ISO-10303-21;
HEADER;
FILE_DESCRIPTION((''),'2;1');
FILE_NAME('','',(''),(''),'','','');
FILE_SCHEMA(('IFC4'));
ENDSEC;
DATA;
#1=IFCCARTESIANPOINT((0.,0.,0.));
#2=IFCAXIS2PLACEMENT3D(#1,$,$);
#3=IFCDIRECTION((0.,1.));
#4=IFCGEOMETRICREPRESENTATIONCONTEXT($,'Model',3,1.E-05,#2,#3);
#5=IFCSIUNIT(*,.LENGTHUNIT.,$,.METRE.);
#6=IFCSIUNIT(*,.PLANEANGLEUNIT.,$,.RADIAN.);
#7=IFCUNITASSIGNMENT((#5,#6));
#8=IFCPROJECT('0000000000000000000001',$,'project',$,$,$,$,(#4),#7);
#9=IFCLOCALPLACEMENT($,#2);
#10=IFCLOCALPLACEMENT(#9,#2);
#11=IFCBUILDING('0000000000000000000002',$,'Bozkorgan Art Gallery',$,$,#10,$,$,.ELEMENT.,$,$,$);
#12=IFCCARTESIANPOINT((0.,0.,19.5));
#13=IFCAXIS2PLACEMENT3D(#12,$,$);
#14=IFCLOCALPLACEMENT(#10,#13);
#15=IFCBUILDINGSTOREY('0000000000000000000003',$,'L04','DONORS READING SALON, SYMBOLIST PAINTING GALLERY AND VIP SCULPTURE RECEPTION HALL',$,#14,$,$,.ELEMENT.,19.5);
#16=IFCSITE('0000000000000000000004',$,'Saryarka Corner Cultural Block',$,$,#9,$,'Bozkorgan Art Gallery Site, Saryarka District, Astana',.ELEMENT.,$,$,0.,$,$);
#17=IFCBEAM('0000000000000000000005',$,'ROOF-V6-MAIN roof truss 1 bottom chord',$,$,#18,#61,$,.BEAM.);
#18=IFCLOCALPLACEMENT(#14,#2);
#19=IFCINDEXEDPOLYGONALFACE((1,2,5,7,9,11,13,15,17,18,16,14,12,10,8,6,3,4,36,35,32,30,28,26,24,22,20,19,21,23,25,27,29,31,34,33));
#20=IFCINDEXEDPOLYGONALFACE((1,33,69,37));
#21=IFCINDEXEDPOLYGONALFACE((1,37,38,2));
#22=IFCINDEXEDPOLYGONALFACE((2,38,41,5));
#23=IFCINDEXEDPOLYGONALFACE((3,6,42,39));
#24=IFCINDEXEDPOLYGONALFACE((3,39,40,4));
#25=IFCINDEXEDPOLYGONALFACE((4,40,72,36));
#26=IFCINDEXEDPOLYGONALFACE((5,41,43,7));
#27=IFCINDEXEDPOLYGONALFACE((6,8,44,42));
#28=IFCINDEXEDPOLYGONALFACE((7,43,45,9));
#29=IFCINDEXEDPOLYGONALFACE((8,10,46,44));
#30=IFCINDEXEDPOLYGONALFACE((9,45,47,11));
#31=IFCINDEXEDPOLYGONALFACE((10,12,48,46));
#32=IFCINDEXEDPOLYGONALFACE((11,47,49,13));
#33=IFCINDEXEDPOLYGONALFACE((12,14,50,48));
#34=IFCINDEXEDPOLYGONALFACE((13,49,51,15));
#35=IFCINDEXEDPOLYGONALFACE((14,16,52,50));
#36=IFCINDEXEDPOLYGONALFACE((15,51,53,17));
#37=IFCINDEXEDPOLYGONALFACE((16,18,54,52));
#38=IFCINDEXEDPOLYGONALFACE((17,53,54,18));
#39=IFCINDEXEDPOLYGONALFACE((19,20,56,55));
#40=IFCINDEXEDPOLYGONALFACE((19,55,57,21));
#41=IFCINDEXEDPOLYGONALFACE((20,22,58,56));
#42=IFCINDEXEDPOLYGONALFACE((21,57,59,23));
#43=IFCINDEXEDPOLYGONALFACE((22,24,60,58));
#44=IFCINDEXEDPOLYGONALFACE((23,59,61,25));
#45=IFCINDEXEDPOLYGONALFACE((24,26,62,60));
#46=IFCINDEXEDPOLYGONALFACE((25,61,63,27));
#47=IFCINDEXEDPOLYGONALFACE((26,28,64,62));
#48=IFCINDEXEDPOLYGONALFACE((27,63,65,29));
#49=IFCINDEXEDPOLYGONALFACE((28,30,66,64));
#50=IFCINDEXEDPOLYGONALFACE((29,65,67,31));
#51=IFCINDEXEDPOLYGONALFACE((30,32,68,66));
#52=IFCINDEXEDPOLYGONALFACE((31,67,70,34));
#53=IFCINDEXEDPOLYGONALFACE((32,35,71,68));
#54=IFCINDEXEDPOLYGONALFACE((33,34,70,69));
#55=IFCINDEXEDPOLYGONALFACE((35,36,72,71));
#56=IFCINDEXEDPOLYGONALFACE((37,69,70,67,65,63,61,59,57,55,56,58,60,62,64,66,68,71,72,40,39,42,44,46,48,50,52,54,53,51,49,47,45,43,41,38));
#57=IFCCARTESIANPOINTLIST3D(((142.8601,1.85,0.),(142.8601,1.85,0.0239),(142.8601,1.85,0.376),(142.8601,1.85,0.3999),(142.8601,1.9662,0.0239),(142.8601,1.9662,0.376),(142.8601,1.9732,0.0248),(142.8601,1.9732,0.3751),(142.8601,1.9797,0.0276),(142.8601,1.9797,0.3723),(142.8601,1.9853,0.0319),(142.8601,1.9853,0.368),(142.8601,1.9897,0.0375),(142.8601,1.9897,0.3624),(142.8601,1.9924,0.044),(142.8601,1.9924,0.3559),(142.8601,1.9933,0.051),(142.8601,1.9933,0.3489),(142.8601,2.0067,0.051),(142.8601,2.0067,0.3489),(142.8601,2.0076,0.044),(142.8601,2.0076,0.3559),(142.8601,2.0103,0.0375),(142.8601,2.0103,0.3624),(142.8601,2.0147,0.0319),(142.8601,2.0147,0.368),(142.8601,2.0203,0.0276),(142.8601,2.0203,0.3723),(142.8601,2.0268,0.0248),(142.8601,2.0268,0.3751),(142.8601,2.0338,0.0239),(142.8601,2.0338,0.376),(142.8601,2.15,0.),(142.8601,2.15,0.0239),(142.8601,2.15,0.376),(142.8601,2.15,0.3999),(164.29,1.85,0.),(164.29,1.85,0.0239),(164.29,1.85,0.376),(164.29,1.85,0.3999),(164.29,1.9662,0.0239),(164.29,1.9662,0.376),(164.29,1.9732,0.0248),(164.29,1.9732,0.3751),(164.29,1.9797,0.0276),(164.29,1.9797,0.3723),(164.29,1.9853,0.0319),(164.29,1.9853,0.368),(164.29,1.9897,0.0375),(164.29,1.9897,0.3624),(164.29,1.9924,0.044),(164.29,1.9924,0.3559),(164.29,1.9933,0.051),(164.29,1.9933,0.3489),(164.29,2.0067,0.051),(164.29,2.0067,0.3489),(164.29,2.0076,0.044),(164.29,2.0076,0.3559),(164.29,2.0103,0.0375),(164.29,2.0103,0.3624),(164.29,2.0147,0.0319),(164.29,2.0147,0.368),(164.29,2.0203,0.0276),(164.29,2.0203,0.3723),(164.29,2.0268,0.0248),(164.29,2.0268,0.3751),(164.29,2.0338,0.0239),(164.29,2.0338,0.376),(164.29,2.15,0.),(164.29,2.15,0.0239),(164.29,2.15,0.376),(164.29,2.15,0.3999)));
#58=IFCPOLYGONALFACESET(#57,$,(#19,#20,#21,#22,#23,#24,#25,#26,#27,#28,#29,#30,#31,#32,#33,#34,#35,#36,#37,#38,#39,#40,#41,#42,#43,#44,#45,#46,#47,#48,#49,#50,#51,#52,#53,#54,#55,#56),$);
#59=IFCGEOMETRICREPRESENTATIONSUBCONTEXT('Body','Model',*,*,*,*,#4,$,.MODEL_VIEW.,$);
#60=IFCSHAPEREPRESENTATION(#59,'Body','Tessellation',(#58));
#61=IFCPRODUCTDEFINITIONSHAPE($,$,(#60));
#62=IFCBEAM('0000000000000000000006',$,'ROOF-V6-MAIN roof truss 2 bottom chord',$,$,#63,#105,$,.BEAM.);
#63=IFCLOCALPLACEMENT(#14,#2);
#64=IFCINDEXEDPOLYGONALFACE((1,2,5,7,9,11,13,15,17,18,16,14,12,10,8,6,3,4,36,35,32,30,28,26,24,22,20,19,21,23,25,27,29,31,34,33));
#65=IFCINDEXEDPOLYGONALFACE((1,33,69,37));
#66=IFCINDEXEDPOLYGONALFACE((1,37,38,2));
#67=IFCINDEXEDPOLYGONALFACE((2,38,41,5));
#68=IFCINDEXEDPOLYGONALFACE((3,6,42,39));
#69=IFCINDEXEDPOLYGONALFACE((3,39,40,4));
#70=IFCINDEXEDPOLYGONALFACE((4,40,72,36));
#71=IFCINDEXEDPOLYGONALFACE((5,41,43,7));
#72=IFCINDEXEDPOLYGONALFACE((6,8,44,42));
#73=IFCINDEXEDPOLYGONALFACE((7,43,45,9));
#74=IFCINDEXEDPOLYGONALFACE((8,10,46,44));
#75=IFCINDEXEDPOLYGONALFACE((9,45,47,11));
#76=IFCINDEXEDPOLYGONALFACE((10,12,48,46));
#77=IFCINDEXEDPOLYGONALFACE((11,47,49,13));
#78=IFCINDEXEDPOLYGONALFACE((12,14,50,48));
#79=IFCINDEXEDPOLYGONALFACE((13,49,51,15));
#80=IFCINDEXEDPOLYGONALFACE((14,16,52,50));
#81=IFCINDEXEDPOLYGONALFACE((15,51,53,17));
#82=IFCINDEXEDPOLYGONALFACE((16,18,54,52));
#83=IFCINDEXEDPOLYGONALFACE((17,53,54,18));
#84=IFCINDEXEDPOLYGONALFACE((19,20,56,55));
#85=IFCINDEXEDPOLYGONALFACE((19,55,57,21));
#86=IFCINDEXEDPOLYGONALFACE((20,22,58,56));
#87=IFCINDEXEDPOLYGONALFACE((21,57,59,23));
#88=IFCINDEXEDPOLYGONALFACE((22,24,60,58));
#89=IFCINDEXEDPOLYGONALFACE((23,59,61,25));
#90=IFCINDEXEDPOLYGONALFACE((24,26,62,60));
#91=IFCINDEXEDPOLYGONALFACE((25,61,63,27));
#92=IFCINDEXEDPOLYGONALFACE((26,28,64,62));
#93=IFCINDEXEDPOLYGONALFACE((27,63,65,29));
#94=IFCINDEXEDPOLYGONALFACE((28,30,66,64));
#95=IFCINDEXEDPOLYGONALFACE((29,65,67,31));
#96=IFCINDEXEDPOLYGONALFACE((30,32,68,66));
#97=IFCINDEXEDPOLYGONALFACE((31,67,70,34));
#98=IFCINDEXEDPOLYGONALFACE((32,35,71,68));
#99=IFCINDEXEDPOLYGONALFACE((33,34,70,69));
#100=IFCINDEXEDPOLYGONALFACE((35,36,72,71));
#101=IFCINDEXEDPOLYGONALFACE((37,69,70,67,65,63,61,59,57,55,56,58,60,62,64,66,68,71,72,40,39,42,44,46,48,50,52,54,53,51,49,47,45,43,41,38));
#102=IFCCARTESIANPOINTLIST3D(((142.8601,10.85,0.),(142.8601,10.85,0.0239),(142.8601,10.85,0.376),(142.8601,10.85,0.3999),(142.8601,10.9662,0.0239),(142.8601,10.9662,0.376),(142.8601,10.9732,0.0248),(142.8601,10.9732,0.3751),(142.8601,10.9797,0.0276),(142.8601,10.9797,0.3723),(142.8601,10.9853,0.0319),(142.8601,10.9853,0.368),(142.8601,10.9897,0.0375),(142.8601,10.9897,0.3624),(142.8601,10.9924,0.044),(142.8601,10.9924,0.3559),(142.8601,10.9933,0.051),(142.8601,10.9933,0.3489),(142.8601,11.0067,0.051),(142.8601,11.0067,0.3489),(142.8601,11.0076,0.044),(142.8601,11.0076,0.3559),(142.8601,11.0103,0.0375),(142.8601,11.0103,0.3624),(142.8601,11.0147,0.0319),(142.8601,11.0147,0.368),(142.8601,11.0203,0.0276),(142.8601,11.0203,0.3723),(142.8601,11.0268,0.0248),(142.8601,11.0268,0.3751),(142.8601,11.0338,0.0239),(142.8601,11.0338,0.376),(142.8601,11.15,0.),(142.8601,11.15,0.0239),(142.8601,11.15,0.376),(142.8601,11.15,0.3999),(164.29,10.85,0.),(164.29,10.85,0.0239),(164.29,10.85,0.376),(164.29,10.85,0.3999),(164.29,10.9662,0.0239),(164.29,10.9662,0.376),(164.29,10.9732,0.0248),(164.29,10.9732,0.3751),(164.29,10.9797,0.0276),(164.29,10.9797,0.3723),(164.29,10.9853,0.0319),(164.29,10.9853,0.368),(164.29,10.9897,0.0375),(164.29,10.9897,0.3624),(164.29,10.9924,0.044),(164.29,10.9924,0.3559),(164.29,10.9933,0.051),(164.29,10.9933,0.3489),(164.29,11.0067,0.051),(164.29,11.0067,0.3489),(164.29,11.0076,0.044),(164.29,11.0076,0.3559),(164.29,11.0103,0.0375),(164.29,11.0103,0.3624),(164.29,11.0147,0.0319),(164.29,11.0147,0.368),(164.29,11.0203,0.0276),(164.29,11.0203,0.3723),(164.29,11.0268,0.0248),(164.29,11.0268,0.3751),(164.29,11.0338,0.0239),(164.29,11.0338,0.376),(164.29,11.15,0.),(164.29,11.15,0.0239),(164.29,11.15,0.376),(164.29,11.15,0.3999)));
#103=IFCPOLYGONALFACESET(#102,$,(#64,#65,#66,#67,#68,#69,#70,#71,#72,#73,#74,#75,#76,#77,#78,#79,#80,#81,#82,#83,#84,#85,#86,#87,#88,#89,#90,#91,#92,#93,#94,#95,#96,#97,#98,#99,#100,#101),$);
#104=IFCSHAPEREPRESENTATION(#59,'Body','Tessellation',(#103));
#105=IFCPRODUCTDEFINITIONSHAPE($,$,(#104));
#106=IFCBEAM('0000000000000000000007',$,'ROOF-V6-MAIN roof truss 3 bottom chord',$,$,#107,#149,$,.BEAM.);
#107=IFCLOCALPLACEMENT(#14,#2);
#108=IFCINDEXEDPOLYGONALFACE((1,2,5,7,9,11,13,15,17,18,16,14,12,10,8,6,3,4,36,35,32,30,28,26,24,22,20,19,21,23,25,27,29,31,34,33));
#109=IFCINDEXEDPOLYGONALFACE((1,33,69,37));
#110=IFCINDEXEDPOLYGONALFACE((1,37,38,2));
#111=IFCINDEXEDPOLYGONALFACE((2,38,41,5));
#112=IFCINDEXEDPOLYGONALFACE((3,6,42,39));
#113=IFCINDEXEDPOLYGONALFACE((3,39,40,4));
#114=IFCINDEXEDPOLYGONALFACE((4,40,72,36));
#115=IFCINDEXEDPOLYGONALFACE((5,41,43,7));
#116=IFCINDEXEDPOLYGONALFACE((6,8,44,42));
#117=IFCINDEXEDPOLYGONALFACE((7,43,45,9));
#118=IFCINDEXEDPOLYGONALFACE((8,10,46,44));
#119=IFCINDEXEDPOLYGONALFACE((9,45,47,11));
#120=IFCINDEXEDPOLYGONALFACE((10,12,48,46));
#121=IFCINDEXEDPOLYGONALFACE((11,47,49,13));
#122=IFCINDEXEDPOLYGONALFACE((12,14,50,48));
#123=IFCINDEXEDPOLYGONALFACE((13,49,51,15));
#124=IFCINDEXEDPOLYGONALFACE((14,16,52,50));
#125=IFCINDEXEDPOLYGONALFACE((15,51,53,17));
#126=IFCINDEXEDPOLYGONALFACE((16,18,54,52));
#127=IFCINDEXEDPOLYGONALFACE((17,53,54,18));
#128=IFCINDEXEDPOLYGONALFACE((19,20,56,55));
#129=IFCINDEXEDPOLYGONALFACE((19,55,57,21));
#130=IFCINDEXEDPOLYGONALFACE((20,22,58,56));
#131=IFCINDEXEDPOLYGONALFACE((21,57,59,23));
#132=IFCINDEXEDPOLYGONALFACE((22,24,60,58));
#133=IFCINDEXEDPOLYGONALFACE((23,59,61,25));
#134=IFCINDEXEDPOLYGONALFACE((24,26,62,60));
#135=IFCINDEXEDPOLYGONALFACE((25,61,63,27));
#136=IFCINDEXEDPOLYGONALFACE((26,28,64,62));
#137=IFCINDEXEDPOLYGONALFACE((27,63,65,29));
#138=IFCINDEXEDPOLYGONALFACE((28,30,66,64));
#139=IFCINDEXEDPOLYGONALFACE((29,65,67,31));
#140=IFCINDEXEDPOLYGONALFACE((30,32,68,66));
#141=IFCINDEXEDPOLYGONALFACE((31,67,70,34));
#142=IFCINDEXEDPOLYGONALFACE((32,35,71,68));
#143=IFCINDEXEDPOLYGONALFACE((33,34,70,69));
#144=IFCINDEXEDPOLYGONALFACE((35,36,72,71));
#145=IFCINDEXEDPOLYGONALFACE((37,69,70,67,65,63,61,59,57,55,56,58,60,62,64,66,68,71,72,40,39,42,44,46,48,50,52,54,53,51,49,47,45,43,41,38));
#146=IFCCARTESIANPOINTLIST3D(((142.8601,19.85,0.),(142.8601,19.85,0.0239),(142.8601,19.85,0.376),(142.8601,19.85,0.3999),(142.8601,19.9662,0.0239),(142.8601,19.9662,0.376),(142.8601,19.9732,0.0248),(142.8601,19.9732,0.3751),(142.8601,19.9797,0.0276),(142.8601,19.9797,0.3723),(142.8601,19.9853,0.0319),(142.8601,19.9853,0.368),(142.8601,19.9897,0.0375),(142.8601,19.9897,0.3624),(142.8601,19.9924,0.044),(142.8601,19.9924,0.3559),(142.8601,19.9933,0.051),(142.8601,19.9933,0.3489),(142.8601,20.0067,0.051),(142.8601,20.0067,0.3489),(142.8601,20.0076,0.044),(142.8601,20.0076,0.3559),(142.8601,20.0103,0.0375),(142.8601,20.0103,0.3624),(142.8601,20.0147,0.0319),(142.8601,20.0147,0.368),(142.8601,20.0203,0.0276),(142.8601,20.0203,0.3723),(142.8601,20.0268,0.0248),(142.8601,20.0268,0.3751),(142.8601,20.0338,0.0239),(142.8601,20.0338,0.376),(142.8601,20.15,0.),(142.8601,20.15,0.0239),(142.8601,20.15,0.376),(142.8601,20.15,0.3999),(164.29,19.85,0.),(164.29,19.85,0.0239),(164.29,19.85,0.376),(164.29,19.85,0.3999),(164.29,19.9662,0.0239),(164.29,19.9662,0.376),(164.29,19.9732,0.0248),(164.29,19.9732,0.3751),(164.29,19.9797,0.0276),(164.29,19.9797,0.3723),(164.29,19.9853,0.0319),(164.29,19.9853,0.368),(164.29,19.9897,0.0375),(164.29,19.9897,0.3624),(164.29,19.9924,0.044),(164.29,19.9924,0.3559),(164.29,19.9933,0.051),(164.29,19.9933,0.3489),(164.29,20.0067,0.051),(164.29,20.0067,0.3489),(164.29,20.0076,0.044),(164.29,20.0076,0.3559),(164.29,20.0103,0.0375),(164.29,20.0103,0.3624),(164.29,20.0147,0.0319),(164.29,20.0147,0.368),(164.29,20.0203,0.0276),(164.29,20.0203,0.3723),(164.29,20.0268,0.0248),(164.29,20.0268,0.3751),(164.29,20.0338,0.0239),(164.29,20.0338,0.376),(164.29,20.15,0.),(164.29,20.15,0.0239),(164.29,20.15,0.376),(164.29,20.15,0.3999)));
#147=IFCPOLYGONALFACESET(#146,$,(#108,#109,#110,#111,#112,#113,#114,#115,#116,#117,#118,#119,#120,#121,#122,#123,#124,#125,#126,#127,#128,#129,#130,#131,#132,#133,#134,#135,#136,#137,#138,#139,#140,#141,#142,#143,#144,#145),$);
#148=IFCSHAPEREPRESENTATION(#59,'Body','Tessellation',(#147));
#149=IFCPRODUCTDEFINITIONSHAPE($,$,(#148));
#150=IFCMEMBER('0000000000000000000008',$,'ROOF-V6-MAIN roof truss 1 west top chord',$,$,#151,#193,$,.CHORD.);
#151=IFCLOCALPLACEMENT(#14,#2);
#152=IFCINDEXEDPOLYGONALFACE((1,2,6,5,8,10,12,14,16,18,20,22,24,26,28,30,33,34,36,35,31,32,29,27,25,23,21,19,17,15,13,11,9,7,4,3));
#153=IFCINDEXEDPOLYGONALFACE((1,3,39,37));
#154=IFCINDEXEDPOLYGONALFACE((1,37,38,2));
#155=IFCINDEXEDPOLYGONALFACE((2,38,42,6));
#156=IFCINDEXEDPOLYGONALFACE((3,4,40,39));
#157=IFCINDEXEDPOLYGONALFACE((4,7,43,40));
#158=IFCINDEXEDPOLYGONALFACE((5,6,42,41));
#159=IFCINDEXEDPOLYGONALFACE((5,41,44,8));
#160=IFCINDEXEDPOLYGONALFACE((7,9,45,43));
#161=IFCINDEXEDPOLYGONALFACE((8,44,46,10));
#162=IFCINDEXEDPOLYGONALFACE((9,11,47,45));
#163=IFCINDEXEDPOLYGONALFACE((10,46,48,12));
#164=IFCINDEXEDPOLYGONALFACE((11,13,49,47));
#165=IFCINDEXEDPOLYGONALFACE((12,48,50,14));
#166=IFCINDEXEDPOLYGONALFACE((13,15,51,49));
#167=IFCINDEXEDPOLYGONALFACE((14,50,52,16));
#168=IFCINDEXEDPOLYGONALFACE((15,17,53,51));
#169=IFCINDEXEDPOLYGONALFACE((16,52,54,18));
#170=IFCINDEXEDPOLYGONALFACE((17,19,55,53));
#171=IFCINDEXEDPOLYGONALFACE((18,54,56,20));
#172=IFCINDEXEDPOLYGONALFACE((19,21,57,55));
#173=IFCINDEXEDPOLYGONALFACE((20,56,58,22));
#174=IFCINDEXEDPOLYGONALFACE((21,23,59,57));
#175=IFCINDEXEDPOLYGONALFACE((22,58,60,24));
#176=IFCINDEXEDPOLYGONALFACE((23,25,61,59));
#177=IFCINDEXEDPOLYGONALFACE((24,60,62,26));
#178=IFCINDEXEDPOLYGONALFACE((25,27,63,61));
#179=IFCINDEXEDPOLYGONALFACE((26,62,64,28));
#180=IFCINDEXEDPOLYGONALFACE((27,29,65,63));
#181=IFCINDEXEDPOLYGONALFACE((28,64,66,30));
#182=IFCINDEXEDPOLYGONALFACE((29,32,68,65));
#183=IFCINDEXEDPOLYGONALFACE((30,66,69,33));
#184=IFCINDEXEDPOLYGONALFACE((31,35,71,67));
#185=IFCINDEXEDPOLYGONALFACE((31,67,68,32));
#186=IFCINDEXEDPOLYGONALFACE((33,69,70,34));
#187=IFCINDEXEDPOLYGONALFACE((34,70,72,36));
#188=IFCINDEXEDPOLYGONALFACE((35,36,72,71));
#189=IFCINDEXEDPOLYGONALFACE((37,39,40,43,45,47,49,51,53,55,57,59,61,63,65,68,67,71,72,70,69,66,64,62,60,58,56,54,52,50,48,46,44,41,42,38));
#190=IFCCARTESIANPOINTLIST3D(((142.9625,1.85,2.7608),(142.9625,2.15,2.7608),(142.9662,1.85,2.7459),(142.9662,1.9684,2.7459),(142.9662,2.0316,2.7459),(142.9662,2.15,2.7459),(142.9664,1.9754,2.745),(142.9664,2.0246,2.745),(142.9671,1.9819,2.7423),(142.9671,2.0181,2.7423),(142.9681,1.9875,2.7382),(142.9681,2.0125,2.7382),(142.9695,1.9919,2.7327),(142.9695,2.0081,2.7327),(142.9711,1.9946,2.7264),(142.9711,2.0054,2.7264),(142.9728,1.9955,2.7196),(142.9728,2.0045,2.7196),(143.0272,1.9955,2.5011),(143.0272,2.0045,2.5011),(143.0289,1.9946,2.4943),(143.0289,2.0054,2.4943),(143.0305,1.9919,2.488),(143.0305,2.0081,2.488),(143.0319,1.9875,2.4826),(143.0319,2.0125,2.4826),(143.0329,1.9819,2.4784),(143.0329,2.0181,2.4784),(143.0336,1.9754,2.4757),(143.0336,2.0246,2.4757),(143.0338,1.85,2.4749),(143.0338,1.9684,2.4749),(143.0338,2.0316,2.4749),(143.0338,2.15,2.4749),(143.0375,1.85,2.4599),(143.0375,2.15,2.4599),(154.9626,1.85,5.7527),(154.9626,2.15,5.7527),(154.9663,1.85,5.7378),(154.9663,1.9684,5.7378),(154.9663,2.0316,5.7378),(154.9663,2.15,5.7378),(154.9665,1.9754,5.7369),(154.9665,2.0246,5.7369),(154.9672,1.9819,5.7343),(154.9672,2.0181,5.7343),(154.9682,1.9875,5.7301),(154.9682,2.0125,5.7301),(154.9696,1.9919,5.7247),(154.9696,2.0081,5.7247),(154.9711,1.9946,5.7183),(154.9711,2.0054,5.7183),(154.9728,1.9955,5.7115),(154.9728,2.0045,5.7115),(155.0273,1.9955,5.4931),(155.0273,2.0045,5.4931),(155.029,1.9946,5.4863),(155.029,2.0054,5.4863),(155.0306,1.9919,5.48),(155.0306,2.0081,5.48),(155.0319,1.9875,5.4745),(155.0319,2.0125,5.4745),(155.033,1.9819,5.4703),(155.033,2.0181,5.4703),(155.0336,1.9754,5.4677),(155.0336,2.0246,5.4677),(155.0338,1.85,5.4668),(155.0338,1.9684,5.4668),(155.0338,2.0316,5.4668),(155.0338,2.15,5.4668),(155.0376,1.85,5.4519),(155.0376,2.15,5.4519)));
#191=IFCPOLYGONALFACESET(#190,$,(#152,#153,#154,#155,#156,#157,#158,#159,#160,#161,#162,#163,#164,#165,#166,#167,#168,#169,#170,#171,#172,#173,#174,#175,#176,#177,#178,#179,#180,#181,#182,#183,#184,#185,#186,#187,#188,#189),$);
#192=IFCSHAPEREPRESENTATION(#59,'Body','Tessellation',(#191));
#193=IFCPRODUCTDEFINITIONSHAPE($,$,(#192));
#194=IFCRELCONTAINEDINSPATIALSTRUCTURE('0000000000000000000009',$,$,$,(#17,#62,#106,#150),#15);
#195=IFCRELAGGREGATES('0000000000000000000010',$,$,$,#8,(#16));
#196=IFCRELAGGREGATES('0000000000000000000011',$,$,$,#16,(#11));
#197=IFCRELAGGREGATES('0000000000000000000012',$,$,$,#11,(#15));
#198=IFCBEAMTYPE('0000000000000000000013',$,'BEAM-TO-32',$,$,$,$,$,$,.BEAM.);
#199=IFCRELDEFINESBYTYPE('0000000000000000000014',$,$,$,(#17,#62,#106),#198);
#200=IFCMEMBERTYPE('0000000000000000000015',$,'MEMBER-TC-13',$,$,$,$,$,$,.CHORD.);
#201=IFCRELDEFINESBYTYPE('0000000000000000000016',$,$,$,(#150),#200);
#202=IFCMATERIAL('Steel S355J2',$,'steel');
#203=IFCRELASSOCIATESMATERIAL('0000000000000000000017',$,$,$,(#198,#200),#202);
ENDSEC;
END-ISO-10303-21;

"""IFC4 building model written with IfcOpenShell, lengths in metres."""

from ifc_helpers import new_model, si_unit, direction, frame, origin, origin_2d, place, context, subcontext, project, spatial, i_section, extrude, material, material_profile, profile_set, type_object, element, save


model = new_model("IFC4")

# Units and contexts
model_context = context("Model", 3, precision=1e-05, world=origin(), true_north=direction((0.0, 1.0)))
body_context = subcontext(model_context, "Body", "Model", "MODEL_VIEW")
ifc_project = project(units=[si_unit("LENGTHUNIT", "METRE"), si_unit("PLANEANGLEUNIT", "RADIAN")], contexts=[model_context])

# Site, building, storey
site_placement = place(None, origin())
site = spatial("IfcSite", under=ifc_project, at=site_placement, Name="Saryarka Corner Cultural Block", LongName="Bozkorgan Art Gallery Site, Saryarka District, Astana", CompositionType="ELEMENT", RefElevation=0.0)
building_placement = place(site_placement, origin())
building = spatial("IfcBuilding", under=site, at=building_placement, Name="Bozkorgan Art Gallery", CompositionType="ELEMENT")
storey_placement = place(building_placement, frame((0.0, 0.0, 19.5)))
storey = spatial("IfcBuildingStorey", under=building, at=storey_placement, Name="L04", Description="DONORS READING SALON, SYMBOLIST PAINTING GALLERY AND VIP SCULPTURE RECEPTION HALL", CompositionType="ELEMENT", Elevation=19.5)

# Beams
ifc_material_1 = material(Name="Steel S355J2", Category="steel")
ifc_material_profile_1 = material_profile(ifc_material_1, i_section(OverallWidth=0.3, OverallDepth=0.3999, WebThickness=0.0134, FlangeThickness=0.0239, FilletRadius=0.0271, at=origin_2d()), Name="HEB 400")
ifc_profile_set_1 = profile_set([ifc_material_profile_1], Name="Steel S355J2")
beam_type = type_object("IfcBeamType", Name="BEAM-TO-32", PredefinedType="BEAM", material=ifc_profile_set_1)
for number, where, z_axis, x_axis, name in (
    (1, (142.8601, 2.0, 0.2), (1.0, 0.0, 0.0), (0.0, 1.0, 0.0), "ROOF-V6-MAIN roof truss 1 bottom chord"),
    (2, (142.8601, 11.0, 0.2), (1.0, 0.0, 0.0), (0.0, 1.0, 0.0), "ROOF-V6-MAIN roof truss 2 bottom chord"),
    (3, (142.8601, 20.0, 0.2), (1.0, 0.0, 0.0), (0.0, 1.0, 0.0), "ROOF-V6-MAIN roof truss 3 bottom chord"),
):
    element("IfcBeam", number, at=place(storey_placement, frame(where, z_axis=z_axis, x_axis=x_axis)), inside=storey, type_object=beam_type, Name=name, PredefinedType="BEAM", context=body_context, shape_type="SweptSolid", body=[
        extrude(i_section(OverallWidth=0.3, OverallDepth=0.3999, WebThickness=0.0134, FlangeThickness=0.0239, FilletRadius=0.0271, at=origin_2d()), origin(), (0.0, 0.0, 1.0), 21.4299),
    ])

# Member
ifc_material_profile_2 = material_profile(ifc_material_1, i_section(OverallWidth=0.3, OverallDepth=0.3101, WebThickness=0.009, FlangeThickness=0.0154, FilletRadius=0.0271, at=origin_2d()), Name="HEA 320")
ifc_profile_set_2 = profile_set([ifc_material_profile_2], Name="Steel S355J2")
member_type_1 = type_object("IfcMemberType", Name="MEMBER-TC-13", PredefinedType="CHORD", material=ifc_profile_set_2)
for number, where, z_axis, x_axis, name in (
    (4, (143.0, 2.0, 2.6104), (0.970296, 0.0, 0.241922), (0.0, 1.0, 0.0), "ROOF-V6-MAIN roof truss 1 west top chord"),
):
    element("IfcMember", number, at=place(storey_placement, frame(where, z_axis=z_axis, x_axis=x_axis)), inside=storey, type_object=member_type_1, Name=name, PredefinedType="CHORD", context=body_context, shape_type="SweptSolid", body=[
        extrude(i_section(OverallWidth=0.3, OverallDepth=0.3101, WebThickness=0.009, FlangeThickness=0.0154, FilletRadius=0.0271, at=origin_2d()), origin(), (0.0, 0.0, 1.0), 12.3674),
    ])

save(model, "model.ifc")
